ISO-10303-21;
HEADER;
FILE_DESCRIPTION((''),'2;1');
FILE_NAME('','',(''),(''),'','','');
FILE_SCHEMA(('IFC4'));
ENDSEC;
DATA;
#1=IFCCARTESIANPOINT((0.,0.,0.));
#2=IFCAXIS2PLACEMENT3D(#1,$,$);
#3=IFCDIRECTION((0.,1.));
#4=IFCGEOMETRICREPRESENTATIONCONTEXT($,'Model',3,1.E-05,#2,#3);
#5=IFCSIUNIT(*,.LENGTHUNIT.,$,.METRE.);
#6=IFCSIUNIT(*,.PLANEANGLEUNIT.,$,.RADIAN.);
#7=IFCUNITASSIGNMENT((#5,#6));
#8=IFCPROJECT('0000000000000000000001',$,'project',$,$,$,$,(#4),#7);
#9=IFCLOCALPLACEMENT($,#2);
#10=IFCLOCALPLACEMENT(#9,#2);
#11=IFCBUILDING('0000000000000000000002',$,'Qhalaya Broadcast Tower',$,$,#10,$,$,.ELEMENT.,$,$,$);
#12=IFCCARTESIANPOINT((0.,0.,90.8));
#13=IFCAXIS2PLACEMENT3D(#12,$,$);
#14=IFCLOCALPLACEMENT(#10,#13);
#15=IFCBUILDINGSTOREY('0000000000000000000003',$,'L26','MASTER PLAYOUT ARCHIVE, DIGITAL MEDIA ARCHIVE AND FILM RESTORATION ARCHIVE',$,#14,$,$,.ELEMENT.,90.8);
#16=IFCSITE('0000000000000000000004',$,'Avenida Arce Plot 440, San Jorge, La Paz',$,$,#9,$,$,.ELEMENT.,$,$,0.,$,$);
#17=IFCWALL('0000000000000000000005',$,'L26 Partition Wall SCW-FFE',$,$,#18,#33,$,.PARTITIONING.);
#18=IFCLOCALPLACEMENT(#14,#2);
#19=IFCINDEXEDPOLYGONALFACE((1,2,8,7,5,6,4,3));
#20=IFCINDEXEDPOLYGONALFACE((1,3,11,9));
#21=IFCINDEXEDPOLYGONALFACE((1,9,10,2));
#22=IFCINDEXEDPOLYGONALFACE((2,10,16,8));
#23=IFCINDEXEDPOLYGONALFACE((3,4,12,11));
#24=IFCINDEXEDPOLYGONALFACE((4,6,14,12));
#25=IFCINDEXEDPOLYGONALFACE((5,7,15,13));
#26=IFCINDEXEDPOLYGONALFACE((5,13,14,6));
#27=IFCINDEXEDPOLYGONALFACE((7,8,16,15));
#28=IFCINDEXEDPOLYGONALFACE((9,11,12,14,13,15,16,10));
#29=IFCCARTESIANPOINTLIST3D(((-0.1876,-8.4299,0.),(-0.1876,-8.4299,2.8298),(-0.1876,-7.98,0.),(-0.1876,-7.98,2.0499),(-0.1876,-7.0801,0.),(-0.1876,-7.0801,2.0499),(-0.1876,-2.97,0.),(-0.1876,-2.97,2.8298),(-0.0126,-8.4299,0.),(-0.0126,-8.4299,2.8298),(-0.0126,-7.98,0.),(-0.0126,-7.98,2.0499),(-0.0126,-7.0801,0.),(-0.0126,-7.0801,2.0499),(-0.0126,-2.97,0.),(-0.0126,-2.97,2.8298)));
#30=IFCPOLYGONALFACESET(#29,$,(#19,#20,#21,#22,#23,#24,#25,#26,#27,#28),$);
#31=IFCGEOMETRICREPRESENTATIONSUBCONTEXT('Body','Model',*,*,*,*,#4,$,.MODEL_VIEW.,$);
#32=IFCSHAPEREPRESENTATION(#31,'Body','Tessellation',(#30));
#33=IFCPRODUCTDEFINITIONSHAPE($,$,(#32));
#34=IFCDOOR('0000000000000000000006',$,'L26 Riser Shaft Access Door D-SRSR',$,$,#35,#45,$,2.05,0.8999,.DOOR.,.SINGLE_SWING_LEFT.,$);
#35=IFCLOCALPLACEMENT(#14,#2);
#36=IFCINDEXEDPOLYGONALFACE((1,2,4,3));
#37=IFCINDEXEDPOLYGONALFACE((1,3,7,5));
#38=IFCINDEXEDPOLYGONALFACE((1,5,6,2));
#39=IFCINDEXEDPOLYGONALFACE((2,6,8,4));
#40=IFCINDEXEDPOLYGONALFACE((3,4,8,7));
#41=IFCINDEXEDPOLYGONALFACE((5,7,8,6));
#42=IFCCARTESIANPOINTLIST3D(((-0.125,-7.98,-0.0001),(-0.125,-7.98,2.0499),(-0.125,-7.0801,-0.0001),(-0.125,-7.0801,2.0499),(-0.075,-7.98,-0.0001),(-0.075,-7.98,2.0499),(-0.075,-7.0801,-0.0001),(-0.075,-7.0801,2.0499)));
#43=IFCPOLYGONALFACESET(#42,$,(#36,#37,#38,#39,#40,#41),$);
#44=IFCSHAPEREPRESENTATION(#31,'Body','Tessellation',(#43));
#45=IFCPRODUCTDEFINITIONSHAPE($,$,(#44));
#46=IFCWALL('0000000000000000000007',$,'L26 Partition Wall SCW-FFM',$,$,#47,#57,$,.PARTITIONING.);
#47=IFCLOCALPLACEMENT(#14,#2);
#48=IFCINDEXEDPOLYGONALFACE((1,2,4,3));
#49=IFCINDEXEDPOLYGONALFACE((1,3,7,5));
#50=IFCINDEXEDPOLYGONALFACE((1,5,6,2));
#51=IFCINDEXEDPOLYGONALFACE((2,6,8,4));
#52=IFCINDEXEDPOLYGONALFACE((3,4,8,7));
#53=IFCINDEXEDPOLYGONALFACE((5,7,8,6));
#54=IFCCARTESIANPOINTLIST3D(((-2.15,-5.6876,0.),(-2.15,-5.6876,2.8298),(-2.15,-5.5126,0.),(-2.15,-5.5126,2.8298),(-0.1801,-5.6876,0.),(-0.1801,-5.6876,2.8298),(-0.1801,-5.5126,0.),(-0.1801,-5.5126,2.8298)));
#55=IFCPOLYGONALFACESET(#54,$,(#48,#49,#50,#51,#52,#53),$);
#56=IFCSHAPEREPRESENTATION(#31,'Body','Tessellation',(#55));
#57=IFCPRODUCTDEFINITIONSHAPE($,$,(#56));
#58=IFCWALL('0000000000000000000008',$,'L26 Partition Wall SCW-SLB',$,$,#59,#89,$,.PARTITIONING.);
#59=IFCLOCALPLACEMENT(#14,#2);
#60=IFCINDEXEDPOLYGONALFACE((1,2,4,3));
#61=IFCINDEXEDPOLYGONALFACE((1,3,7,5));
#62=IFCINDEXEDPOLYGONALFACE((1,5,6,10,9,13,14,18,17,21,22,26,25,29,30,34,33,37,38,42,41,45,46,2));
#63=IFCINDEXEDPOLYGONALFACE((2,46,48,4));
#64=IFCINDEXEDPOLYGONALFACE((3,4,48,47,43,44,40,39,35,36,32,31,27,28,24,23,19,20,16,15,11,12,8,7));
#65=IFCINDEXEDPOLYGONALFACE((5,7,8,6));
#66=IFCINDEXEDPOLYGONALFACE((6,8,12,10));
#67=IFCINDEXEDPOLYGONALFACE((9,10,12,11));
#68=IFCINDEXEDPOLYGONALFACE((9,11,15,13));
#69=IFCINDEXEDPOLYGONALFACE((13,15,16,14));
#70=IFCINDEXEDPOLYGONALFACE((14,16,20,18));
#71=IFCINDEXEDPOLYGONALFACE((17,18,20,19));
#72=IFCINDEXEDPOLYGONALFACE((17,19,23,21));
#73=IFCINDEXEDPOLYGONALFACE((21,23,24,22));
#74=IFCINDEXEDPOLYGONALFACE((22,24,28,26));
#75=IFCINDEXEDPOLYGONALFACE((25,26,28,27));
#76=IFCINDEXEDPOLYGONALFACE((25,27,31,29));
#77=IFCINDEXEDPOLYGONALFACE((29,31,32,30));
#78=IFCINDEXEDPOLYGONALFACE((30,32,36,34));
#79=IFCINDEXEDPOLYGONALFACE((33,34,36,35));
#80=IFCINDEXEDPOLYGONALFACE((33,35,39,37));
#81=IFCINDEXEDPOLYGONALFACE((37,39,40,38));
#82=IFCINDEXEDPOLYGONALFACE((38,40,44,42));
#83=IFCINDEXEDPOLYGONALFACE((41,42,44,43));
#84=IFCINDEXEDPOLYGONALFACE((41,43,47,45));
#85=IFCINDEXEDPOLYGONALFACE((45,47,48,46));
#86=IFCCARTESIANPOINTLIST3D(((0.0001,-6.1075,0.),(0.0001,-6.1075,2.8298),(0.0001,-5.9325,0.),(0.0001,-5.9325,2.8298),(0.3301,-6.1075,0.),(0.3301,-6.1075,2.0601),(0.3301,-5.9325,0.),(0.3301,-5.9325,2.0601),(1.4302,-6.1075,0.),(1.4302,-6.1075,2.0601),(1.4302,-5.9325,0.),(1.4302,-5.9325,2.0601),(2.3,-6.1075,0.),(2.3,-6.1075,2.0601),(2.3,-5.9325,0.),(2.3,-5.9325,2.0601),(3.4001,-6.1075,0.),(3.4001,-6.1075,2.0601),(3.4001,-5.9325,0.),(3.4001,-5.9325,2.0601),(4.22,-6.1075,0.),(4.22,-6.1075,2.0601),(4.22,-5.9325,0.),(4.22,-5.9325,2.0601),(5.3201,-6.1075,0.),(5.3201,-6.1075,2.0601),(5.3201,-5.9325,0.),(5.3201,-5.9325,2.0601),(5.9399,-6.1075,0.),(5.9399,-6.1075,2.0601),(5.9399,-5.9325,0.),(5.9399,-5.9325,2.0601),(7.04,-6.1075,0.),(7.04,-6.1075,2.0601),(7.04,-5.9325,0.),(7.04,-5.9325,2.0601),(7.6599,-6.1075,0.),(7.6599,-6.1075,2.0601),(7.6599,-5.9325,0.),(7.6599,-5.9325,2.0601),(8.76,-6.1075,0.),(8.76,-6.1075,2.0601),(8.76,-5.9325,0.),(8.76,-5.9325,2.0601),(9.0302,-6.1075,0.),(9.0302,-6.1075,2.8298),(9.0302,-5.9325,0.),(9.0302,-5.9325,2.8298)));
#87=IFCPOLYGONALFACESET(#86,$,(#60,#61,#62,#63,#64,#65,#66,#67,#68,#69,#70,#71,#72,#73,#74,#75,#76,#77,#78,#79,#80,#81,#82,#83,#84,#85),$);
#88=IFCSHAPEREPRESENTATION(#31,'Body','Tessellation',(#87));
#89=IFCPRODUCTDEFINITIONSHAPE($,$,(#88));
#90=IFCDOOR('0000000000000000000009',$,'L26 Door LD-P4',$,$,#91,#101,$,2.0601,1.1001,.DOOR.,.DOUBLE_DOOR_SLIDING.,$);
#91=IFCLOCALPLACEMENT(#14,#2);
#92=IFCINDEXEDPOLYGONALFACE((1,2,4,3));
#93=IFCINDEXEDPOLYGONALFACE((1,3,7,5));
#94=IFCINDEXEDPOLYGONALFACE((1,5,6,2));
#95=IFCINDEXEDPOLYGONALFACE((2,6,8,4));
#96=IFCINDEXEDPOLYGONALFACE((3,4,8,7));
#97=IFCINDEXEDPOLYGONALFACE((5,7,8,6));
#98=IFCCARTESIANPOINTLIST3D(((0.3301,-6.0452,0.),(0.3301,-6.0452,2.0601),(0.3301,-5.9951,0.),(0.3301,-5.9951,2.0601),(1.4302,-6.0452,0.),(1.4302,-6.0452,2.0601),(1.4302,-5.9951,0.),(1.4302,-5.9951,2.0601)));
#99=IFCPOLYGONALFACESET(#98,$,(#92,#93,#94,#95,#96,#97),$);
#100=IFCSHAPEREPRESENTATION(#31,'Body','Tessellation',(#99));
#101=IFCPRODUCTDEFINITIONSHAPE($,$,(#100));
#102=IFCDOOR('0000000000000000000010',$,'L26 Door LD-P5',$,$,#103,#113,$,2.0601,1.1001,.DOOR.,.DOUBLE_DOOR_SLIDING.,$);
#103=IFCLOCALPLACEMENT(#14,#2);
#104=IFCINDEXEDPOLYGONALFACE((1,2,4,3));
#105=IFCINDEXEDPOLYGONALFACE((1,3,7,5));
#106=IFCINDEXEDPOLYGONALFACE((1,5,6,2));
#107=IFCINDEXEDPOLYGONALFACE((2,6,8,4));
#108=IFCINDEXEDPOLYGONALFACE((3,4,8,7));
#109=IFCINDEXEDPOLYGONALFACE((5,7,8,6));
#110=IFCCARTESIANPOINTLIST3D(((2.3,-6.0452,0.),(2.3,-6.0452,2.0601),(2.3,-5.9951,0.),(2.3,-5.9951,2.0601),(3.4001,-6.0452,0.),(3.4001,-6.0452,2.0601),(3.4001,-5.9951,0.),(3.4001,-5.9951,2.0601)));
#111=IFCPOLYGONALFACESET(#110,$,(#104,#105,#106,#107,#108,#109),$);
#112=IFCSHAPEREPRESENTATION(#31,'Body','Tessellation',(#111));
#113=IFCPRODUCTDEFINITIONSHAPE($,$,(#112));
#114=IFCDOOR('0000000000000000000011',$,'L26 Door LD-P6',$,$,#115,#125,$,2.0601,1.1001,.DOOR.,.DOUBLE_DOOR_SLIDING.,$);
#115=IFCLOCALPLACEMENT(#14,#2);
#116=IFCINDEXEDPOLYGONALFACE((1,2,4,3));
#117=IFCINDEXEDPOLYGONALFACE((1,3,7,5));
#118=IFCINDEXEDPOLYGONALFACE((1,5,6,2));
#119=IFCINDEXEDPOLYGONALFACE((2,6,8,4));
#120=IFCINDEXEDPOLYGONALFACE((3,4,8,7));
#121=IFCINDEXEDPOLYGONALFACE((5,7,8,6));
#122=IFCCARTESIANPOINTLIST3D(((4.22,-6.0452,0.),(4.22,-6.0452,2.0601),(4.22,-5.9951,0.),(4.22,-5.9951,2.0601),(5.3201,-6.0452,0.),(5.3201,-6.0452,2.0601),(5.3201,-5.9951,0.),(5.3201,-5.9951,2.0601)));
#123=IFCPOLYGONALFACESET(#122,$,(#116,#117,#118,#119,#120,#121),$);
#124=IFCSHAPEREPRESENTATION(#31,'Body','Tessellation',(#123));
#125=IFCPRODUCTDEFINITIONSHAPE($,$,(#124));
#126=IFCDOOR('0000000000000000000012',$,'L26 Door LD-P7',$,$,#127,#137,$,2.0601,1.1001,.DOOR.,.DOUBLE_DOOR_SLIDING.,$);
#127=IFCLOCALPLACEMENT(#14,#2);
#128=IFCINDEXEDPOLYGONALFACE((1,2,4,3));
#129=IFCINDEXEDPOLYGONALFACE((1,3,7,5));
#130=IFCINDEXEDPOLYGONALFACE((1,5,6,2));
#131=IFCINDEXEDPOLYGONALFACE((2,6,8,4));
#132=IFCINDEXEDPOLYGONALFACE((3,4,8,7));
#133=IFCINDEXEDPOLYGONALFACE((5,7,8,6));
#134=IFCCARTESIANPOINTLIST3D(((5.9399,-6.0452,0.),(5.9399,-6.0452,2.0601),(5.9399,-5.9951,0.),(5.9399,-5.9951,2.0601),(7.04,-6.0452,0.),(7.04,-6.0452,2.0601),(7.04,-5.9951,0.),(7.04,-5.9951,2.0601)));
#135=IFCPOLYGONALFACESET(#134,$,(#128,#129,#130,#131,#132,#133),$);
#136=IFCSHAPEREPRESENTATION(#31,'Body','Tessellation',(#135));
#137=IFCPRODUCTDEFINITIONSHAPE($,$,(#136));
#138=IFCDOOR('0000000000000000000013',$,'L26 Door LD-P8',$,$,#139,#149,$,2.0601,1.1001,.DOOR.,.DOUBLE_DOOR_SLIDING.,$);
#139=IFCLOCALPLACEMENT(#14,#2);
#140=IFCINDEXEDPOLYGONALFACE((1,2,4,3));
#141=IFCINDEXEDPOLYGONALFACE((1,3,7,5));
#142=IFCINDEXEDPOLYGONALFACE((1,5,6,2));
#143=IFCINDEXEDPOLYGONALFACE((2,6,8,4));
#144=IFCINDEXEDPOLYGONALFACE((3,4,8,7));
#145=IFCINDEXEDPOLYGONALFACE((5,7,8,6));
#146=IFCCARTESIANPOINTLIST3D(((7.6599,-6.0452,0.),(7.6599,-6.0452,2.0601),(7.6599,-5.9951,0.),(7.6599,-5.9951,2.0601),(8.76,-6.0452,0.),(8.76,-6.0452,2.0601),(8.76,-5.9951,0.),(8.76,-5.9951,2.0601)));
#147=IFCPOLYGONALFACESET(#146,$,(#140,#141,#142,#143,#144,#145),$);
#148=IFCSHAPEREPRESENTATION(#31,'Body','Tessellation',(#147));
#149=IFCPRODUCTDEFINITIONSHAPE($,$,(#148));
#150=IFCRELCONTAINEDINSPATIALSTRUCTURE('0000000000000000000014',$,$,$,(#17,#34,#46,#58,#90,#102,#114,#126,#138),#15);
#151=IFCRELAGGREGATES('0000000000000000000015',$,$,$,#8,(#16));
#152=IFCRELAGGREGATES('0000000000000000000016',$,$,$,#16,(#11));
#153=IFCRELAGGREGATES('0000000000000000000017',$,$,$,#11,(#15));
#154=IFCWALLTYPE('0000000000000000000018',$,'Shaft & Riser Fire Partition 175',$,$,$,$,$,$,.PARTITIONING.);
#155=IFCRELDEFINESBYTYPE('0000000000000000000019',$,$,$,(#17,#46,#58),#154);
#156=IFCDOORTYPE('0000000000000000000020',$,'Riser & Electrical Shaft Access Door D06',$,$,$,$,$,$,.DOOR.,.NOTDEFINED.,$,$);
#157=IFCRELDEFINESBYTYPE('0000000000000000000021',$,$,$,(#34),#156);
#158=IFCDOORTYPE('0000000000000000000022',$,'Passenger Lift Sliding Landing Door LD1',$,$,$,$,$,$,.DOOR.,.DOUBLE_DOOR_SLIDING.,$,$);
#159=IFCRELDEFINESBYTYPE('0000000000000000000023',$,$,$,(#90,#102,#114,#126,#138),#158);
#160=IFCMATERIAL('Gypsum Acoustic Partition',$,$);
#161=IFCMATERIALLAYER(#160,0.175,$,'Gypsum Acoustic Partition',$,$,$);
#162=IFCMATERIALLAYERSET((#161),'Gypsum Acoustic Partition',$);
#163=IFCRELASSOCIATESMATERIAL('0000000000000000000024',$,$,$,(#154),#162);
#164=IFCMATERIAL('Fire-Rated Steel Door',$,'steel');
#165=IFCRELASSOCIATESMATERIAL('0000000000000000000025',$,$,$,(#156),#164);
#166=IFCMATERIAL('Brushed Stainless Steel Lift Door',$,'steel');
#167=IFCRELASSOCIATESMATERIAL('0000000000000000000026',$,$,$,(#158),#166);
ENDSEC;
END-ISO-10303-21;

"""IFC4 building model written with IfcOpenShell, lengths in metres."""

from ifc_helpers import new_model, si_unit, direction, frame, frame_2d, origin, place, context, subcontext, project, spatial, rectangle, extrude, material, layer, layer_set, type_object, element, fill, save


model = new_model("IFC4")

# Units and contexts
model_context = context("Model", 3, precision=1e-05, world=origin(), true_north=direction((0.0, 1.0)))
body_context = subcontext(model_context, "Body", "Model", "MODEL_VIEW")
ifc_project = project(units=[si_unit("LENGTHUNIT", "METRE"), si_unit("PLANEANGLEUNIT", "RADIAN")], contexts=[model_context])

# Site, building, storey
site_placement = place(None, origin())
site = spatial("IfcSite", under=ifc_project, at=site_placement, Name="Avenida Arce Plot 440, San Jorge, La Paz", CompositionType="ELEMENT", RefElevation=0.0)
building_placement = place(site_placement, origin())
building = spatial("IfcBuilding", under=site, at=building_placement, Name="Qhalaya Broadcast Tower", CompositionType="ELEMENT")
storey_placement = place(building_placement, frame((0.0, 0.0, 90.8)))
storey = spatial("IfcBuildingStorey", under=building, at=storey_placement, Name="L26", Description="MASTER PLAYOUT ARCHIVE, DIGITAL MEDIA ARCHIVE AND FILM RESTORATION ARCHIVE", CompositionType="ELEMENT", Elevation=90.8)

# Wall, opening, door
ifc_material_1 = material(Name="Fire-Rated Steel Door", Category="steel")
ifc_material_2 = material(Name="Brushed Stainless Steel Lift Door", Category="steel")
ifc_material_3 = material(Name="Gypsum Acoustic Partition")
ifc_layer_1 = layer(ifc_material_3, 0.175, Name="Gypsum Acoustic Partition")
ifc_layer_set_1 = layer_set([ifc_layer_1], Name="Gypsum Acoustic Partition")
wall_type_1 = type_object("IfcWallType", Name="Shaft & Riser Fire Partition 175", PredefinedType="PARTITIONING", material=ifc_layer_set_1)
wall_1_placement = place(storey_placement, frame((-0.1001, -8.4299, 0.0), z_axis=(0.0, 0.0, 1.0), x_axis=(0.0, 1.0, 0.0)))
wall_1 = element("IfcWall", 1, at=wall_1_placement, inside=storey, type_object=wall_type_1, Name="L26 Partition Wall SCW-FFE", PredefinedType="PARTITIONING", context=body_context, shape_type="SweptSolid", body=[
    extrude(rectangle(XDim=5.46, YDim=0.175, at=frame_2d((2.73, 0.0))), origin(), (0.0, 0.0, 1.0), 2.8298),
])
opening_1_placement = place(wall_1_placement, frame((0.45, 0.0, 0.0)))
opening_1 = element("IfcOpeningElement", 2, at=opening_1_placement, cuts=wall_1, PredefinedType="OPENING", context=body_context, shape_type="SweptSolid", body=[
    extrude(rectangle(XDim=0.8999, YDim=2.05, at=frame_2d((0.45, 1.0249))), frame((0.0, 0.0996, 0.0), z_axis=(0.0, -1.0, 0.0), x_axis=(1.0, 0.0, 0.0)), (0.0, 0.0, 1.0), 0.199),
])
door_type_1 = type_object("IfcDoorType", Name="Riser & Electrical Shaft Access Door D06", OperationType="NOTDEFINED", PredefinedType="DOOR", material=ifc_material_1)
door_1_placement = place(opening_1_placement, origin())
door_1 = element("IfcDoor", 3, at=door_1_placement, inside=storey, type_object=door_type_1, Name="L26 Riser Shaft Access Door D-SRSR", OperationType="SINGLE_SWING_LEFT", OverallHeight=2.05, OverallWidth=0.8999, PredefinedType="DOOR", context=body_context, shape_type="SweptSolid", body=[
    extrude(rectangle(XDim=0.8999, YDim=2.05, at=frame_2d((0.45, 1.0249))), frame((0.0, 0.0249, 0.0), z_axis=(0.0, -1.0, 0.0), x_axis=(1.0, 0.0, 0.0)), (0.0, 0.0, 1.0), 0.05),
])
fill(opening_1, door_1)

# Wall
wall_2_placement = place(storey_placement, frame((-2.1499, -5.6001, 0.0), z_axis=(0.0, 0.0, 1.0), x_axis=(1.0, 0.0, 0.0)))
element("IfcWall", 4, at=wall_2_placement, inside=storey, type_object=wall_type_1, Name="L26 Partition Wall SCW-FFM", PredefinedType="PARTITIONING", context=body_context, shape_type="SweptSolid", body=[
    extrude(rectangle(XDim=1.97, YDim=0.175, at=frame_2d((0.9849, 0.0))), origin(), (0.0, 0.0, 1.0), 2.8298),
])

# Wall, openings, doors
wall_3_placement = place(storey_placement, frame((0.0, -6.02, 0.0), z_axis=(0.0, 0.0, 1.0), x_axis=(1.0, 0.0, 0.0)))
wall_3 = element("IfcWall", 5, at=wall_3_placement, inside=storey, type_object=wall_type_1, Name="L26 Partition Wall SCW-SLB", PredefinedType="PARTITIONING", context=body_context, shape_type="SweptSolid", body=[
    extrude(rectangle(XDim=9.03, YDim=0.175, at=frame_2d((4.5151, 0.0))), origin(), (0.0, 0.0, 1.0), 2.8298),
])
opening_2_placement = place(wall_3_placement, frame((0.3301, 0.0, 0.0)))
opening_2 = element("IfcOpeningElement", 6, at=opening_2_placement, cuts=wall_3, PredefinedType="OPENING", context=body_context, shape_type="SweptSolid", body=[
    extrude(rectangle(XDim=1.1001, YDim=2.0601, at=frame_2d((0.55, 1.03))), frame((0.0, 0.0996, 0.0), z_axis=(0.0, -1.0, 0.0), x_axis=(1.0, 0.0, 0.0)), (0.0, 0.0, 1.0), 0.199),
])
opening_3_placement = place(wall_3_placement, frame((2.3, 0.0, 0.0)))
opening_3 = element("IfcOpeningElement", 7, at=opening_3_placement, cuts=wall_3, PredefinedType="OPENING", context=body_context, shape_type="SweptSolid", body=[
    extrude(rectangle(XDim=1.1001, YDim=2.0601, at=frame_2d((0.55, 1.03))), frame((0.0, 0.0996, 0.0), z_axis=(0.0, -1.0, 0.0), x_axis=(1.0, 0.0, 0.0)), (0.0, 0.0, 1.0), 0.199),
])
opening_4_placement = place(wall_3_placement, frame((4.22, 0.0, 0.0)))
opening_4 = element("IfcOpeningElement", 8, at=opening_4_placement, cuts=wall_3, PredefinedType="OPENING", context=body_context, shape_type="SweptSolid", body=[
    extrude(rectangle(XDim=1.1001, YDim=2.0601, at=frame_2d((0.55, 1.03))), frame((0.0, 0.0996, 0.0), z_axis=(0.0, -1.0, 0.0), x_axis=(1.0, 0.0, 0.0)), (0.0, 0.0, 1.0), 0.199),
])
opening_5_placement = place(wall_3_placement, frame((5.9399, 0.0, 0.0)))
opening_5 = element("IfcOpeningElement", 9, at=opening_5_placement, cuts=wall_3, PredefinedType="OPENING", context=body_context, shape_type="SweptSolid", body=[
    extrude(rectangle(XDim=1.1001, YDim=2.0601, at=frame_2d((0.55, 1.03))), frame((0.0, 0.0996, 0.0), z_axis=(0.0, -1.0, 0.0), x_axis=(1.0, 0.0, 0.0)), (0.0, 0.0, 1.0), 0.199),
])
opening_6_placement = place(wall_3_placement, frame((7.6599, 0.0, 0.0)))
opening_6 = element("IfcOpeningElement", 10, at=opening_6_placement, cuts=wall_3, PredefinedType="OPENING", context=body_context, shape_type="SweptSolid", body=[
    extrude(rectangle(XDim=1.1001, YDim=2.0601, at=frame_2d((0.55, 1.03))), frame((0.0, 0.0996, 0.0), z_axis=(0.0, -1.0, 0.0), x_axis=(1.0, 0.0, 0.0)), (0.0, 0.0, 1.0), 0.199),
])
door_type_2 = type_object("IfcDoorType", Name="Passenger Lift Sliding Landing Door LD1", OperationType="DOUBLE_DOOR_SLIDING", PredefinedType="DOOR", material=ifc_material_2)
door_2_placement = place(opening_2_placement, origin())
door_2 = element("IfcDoor", 11, at=door_2_placement, inside=storey, type_object=door_type_2, Name="L26 Door LD-P4", OperationType="DOUBLE_DOOR_SLIDING", OverallHeight=2.0601, OverallWidth=1.1001, PredefinedType="DOOR", context=body_context, shape_type="SweptSolid", body=[
    extrude(rectangle(XDim=1.1001, YDim=2.0601, at=frame_2d((0.55, 1.03))), frame((0.0, 0.0249, 0.0), z_axis=(0.0, -1.0, 0.0), x_axis=(1.0, 0.0, 0.0)), (0.0, 0.0, 1.0), 0.05),
])
fill(opening_2, door_2)
door_3_placement = place(opening_3_placement, origin())
door_3 = element("IfcDoor", 12, at=door_3_placement, inside=storey, type_object=door_type_2, Name="L26 Door LD-P5", OperationType="DOUBLE_DOOR_SLIDING", OverallHeight=2.0601, OverallWidth=1.1001, PredefinedType="DOOR", context=body_context, shape_type="SweptSolid", body=[
    extrude(rectangle(XDim=1.1001, YDim=2.0601, at=frame_2d((0.55, 1.03))), frame((0.0, 0.0249, 0.0), z_axis=(0.0, -1.0, 0.0), x_axis=(1.0, 0.0, 0.0)), (0.0, 0.0, 1.0), 0.05),
])
fill(opening_3, door_3)
door_4_placement = place(opening_4_placement, origin())
door_4 = element("IfcDoor", 13, at=door_4_placement, inside=storey, type_object=door_type_2, Name="L26 Door LD-P6", OperationType="DOUBLE_DOOR_SLIDING", OverallHeight=2.0601, OverallWidth=1.1001, PredefinedType="DOOR", context=body_context, shape_type="SweptSolid", body=[
    extrude(rectangle(XDim=1.1001, YDim=2.0601, at=frame_2d((0.55, 1.03))), frame((0.0, 0.0249, 0.0), z_axis=(0.0, -1.0, 0.0), x_axis=(1.0, 0.0, 0.0)), (0.0, 0.0, 1.0), 0.05),
])
fill(opening_4, door_4)
door_5_placement = place(opening_5_placement, origin())
door_5 = element("IfcDoor", 14, at=door_5_placement, inside=storey, type_object=door_type_2, Name="L26 Door LD-P7", OperationType="DOUBLE_DOOR_SLIDING", OverallHeight=2.0601, OverallWidth=1.1001, PredefinedType="DOOR", context=body_context, shape_type="SweptSolid", body=[
    extrude(rectangle(XDim=1.1001, YDim=2.0601, at=frame_2d((0.55, 1.03))), frame((0.0, 0.0249, 0.0), z_axis=(0.0, -1.0, 0.0), x_axis=(1.0, 0.0, 0.0)), (0.0, 0.0, 1.0), 0.05),
])
fill(opening_5, door_5)
door_6_placement = place(opening_6_placement, origin())
door_6 = element("IfcDoor", 15, at=door_6_placement, inside=storey, type_object=door_type_2, Name="L26 Door LD-P8", OperationType="DOUBLE_DOOR_SLIDING", OverallHeight=2.0601, OverallWidth=1.1001, PredefinedType="DOOR", context=body_context, shape_type="SweptSolid", body=[
    extrude(rectangle(XDim=1.1001, YDim=2.0601, at=frame_2d((0.55, 1.03))), frame((0.0, 0.0249, 0.0), z_axis=(0.0, -1.0, 0.0), x_axis=(1.0, 0.0, 0.0)), (0.0, 0.0, 1.0), 0.05),
])
fill(opening_6, door_6)

save(model, "model.ifc")
